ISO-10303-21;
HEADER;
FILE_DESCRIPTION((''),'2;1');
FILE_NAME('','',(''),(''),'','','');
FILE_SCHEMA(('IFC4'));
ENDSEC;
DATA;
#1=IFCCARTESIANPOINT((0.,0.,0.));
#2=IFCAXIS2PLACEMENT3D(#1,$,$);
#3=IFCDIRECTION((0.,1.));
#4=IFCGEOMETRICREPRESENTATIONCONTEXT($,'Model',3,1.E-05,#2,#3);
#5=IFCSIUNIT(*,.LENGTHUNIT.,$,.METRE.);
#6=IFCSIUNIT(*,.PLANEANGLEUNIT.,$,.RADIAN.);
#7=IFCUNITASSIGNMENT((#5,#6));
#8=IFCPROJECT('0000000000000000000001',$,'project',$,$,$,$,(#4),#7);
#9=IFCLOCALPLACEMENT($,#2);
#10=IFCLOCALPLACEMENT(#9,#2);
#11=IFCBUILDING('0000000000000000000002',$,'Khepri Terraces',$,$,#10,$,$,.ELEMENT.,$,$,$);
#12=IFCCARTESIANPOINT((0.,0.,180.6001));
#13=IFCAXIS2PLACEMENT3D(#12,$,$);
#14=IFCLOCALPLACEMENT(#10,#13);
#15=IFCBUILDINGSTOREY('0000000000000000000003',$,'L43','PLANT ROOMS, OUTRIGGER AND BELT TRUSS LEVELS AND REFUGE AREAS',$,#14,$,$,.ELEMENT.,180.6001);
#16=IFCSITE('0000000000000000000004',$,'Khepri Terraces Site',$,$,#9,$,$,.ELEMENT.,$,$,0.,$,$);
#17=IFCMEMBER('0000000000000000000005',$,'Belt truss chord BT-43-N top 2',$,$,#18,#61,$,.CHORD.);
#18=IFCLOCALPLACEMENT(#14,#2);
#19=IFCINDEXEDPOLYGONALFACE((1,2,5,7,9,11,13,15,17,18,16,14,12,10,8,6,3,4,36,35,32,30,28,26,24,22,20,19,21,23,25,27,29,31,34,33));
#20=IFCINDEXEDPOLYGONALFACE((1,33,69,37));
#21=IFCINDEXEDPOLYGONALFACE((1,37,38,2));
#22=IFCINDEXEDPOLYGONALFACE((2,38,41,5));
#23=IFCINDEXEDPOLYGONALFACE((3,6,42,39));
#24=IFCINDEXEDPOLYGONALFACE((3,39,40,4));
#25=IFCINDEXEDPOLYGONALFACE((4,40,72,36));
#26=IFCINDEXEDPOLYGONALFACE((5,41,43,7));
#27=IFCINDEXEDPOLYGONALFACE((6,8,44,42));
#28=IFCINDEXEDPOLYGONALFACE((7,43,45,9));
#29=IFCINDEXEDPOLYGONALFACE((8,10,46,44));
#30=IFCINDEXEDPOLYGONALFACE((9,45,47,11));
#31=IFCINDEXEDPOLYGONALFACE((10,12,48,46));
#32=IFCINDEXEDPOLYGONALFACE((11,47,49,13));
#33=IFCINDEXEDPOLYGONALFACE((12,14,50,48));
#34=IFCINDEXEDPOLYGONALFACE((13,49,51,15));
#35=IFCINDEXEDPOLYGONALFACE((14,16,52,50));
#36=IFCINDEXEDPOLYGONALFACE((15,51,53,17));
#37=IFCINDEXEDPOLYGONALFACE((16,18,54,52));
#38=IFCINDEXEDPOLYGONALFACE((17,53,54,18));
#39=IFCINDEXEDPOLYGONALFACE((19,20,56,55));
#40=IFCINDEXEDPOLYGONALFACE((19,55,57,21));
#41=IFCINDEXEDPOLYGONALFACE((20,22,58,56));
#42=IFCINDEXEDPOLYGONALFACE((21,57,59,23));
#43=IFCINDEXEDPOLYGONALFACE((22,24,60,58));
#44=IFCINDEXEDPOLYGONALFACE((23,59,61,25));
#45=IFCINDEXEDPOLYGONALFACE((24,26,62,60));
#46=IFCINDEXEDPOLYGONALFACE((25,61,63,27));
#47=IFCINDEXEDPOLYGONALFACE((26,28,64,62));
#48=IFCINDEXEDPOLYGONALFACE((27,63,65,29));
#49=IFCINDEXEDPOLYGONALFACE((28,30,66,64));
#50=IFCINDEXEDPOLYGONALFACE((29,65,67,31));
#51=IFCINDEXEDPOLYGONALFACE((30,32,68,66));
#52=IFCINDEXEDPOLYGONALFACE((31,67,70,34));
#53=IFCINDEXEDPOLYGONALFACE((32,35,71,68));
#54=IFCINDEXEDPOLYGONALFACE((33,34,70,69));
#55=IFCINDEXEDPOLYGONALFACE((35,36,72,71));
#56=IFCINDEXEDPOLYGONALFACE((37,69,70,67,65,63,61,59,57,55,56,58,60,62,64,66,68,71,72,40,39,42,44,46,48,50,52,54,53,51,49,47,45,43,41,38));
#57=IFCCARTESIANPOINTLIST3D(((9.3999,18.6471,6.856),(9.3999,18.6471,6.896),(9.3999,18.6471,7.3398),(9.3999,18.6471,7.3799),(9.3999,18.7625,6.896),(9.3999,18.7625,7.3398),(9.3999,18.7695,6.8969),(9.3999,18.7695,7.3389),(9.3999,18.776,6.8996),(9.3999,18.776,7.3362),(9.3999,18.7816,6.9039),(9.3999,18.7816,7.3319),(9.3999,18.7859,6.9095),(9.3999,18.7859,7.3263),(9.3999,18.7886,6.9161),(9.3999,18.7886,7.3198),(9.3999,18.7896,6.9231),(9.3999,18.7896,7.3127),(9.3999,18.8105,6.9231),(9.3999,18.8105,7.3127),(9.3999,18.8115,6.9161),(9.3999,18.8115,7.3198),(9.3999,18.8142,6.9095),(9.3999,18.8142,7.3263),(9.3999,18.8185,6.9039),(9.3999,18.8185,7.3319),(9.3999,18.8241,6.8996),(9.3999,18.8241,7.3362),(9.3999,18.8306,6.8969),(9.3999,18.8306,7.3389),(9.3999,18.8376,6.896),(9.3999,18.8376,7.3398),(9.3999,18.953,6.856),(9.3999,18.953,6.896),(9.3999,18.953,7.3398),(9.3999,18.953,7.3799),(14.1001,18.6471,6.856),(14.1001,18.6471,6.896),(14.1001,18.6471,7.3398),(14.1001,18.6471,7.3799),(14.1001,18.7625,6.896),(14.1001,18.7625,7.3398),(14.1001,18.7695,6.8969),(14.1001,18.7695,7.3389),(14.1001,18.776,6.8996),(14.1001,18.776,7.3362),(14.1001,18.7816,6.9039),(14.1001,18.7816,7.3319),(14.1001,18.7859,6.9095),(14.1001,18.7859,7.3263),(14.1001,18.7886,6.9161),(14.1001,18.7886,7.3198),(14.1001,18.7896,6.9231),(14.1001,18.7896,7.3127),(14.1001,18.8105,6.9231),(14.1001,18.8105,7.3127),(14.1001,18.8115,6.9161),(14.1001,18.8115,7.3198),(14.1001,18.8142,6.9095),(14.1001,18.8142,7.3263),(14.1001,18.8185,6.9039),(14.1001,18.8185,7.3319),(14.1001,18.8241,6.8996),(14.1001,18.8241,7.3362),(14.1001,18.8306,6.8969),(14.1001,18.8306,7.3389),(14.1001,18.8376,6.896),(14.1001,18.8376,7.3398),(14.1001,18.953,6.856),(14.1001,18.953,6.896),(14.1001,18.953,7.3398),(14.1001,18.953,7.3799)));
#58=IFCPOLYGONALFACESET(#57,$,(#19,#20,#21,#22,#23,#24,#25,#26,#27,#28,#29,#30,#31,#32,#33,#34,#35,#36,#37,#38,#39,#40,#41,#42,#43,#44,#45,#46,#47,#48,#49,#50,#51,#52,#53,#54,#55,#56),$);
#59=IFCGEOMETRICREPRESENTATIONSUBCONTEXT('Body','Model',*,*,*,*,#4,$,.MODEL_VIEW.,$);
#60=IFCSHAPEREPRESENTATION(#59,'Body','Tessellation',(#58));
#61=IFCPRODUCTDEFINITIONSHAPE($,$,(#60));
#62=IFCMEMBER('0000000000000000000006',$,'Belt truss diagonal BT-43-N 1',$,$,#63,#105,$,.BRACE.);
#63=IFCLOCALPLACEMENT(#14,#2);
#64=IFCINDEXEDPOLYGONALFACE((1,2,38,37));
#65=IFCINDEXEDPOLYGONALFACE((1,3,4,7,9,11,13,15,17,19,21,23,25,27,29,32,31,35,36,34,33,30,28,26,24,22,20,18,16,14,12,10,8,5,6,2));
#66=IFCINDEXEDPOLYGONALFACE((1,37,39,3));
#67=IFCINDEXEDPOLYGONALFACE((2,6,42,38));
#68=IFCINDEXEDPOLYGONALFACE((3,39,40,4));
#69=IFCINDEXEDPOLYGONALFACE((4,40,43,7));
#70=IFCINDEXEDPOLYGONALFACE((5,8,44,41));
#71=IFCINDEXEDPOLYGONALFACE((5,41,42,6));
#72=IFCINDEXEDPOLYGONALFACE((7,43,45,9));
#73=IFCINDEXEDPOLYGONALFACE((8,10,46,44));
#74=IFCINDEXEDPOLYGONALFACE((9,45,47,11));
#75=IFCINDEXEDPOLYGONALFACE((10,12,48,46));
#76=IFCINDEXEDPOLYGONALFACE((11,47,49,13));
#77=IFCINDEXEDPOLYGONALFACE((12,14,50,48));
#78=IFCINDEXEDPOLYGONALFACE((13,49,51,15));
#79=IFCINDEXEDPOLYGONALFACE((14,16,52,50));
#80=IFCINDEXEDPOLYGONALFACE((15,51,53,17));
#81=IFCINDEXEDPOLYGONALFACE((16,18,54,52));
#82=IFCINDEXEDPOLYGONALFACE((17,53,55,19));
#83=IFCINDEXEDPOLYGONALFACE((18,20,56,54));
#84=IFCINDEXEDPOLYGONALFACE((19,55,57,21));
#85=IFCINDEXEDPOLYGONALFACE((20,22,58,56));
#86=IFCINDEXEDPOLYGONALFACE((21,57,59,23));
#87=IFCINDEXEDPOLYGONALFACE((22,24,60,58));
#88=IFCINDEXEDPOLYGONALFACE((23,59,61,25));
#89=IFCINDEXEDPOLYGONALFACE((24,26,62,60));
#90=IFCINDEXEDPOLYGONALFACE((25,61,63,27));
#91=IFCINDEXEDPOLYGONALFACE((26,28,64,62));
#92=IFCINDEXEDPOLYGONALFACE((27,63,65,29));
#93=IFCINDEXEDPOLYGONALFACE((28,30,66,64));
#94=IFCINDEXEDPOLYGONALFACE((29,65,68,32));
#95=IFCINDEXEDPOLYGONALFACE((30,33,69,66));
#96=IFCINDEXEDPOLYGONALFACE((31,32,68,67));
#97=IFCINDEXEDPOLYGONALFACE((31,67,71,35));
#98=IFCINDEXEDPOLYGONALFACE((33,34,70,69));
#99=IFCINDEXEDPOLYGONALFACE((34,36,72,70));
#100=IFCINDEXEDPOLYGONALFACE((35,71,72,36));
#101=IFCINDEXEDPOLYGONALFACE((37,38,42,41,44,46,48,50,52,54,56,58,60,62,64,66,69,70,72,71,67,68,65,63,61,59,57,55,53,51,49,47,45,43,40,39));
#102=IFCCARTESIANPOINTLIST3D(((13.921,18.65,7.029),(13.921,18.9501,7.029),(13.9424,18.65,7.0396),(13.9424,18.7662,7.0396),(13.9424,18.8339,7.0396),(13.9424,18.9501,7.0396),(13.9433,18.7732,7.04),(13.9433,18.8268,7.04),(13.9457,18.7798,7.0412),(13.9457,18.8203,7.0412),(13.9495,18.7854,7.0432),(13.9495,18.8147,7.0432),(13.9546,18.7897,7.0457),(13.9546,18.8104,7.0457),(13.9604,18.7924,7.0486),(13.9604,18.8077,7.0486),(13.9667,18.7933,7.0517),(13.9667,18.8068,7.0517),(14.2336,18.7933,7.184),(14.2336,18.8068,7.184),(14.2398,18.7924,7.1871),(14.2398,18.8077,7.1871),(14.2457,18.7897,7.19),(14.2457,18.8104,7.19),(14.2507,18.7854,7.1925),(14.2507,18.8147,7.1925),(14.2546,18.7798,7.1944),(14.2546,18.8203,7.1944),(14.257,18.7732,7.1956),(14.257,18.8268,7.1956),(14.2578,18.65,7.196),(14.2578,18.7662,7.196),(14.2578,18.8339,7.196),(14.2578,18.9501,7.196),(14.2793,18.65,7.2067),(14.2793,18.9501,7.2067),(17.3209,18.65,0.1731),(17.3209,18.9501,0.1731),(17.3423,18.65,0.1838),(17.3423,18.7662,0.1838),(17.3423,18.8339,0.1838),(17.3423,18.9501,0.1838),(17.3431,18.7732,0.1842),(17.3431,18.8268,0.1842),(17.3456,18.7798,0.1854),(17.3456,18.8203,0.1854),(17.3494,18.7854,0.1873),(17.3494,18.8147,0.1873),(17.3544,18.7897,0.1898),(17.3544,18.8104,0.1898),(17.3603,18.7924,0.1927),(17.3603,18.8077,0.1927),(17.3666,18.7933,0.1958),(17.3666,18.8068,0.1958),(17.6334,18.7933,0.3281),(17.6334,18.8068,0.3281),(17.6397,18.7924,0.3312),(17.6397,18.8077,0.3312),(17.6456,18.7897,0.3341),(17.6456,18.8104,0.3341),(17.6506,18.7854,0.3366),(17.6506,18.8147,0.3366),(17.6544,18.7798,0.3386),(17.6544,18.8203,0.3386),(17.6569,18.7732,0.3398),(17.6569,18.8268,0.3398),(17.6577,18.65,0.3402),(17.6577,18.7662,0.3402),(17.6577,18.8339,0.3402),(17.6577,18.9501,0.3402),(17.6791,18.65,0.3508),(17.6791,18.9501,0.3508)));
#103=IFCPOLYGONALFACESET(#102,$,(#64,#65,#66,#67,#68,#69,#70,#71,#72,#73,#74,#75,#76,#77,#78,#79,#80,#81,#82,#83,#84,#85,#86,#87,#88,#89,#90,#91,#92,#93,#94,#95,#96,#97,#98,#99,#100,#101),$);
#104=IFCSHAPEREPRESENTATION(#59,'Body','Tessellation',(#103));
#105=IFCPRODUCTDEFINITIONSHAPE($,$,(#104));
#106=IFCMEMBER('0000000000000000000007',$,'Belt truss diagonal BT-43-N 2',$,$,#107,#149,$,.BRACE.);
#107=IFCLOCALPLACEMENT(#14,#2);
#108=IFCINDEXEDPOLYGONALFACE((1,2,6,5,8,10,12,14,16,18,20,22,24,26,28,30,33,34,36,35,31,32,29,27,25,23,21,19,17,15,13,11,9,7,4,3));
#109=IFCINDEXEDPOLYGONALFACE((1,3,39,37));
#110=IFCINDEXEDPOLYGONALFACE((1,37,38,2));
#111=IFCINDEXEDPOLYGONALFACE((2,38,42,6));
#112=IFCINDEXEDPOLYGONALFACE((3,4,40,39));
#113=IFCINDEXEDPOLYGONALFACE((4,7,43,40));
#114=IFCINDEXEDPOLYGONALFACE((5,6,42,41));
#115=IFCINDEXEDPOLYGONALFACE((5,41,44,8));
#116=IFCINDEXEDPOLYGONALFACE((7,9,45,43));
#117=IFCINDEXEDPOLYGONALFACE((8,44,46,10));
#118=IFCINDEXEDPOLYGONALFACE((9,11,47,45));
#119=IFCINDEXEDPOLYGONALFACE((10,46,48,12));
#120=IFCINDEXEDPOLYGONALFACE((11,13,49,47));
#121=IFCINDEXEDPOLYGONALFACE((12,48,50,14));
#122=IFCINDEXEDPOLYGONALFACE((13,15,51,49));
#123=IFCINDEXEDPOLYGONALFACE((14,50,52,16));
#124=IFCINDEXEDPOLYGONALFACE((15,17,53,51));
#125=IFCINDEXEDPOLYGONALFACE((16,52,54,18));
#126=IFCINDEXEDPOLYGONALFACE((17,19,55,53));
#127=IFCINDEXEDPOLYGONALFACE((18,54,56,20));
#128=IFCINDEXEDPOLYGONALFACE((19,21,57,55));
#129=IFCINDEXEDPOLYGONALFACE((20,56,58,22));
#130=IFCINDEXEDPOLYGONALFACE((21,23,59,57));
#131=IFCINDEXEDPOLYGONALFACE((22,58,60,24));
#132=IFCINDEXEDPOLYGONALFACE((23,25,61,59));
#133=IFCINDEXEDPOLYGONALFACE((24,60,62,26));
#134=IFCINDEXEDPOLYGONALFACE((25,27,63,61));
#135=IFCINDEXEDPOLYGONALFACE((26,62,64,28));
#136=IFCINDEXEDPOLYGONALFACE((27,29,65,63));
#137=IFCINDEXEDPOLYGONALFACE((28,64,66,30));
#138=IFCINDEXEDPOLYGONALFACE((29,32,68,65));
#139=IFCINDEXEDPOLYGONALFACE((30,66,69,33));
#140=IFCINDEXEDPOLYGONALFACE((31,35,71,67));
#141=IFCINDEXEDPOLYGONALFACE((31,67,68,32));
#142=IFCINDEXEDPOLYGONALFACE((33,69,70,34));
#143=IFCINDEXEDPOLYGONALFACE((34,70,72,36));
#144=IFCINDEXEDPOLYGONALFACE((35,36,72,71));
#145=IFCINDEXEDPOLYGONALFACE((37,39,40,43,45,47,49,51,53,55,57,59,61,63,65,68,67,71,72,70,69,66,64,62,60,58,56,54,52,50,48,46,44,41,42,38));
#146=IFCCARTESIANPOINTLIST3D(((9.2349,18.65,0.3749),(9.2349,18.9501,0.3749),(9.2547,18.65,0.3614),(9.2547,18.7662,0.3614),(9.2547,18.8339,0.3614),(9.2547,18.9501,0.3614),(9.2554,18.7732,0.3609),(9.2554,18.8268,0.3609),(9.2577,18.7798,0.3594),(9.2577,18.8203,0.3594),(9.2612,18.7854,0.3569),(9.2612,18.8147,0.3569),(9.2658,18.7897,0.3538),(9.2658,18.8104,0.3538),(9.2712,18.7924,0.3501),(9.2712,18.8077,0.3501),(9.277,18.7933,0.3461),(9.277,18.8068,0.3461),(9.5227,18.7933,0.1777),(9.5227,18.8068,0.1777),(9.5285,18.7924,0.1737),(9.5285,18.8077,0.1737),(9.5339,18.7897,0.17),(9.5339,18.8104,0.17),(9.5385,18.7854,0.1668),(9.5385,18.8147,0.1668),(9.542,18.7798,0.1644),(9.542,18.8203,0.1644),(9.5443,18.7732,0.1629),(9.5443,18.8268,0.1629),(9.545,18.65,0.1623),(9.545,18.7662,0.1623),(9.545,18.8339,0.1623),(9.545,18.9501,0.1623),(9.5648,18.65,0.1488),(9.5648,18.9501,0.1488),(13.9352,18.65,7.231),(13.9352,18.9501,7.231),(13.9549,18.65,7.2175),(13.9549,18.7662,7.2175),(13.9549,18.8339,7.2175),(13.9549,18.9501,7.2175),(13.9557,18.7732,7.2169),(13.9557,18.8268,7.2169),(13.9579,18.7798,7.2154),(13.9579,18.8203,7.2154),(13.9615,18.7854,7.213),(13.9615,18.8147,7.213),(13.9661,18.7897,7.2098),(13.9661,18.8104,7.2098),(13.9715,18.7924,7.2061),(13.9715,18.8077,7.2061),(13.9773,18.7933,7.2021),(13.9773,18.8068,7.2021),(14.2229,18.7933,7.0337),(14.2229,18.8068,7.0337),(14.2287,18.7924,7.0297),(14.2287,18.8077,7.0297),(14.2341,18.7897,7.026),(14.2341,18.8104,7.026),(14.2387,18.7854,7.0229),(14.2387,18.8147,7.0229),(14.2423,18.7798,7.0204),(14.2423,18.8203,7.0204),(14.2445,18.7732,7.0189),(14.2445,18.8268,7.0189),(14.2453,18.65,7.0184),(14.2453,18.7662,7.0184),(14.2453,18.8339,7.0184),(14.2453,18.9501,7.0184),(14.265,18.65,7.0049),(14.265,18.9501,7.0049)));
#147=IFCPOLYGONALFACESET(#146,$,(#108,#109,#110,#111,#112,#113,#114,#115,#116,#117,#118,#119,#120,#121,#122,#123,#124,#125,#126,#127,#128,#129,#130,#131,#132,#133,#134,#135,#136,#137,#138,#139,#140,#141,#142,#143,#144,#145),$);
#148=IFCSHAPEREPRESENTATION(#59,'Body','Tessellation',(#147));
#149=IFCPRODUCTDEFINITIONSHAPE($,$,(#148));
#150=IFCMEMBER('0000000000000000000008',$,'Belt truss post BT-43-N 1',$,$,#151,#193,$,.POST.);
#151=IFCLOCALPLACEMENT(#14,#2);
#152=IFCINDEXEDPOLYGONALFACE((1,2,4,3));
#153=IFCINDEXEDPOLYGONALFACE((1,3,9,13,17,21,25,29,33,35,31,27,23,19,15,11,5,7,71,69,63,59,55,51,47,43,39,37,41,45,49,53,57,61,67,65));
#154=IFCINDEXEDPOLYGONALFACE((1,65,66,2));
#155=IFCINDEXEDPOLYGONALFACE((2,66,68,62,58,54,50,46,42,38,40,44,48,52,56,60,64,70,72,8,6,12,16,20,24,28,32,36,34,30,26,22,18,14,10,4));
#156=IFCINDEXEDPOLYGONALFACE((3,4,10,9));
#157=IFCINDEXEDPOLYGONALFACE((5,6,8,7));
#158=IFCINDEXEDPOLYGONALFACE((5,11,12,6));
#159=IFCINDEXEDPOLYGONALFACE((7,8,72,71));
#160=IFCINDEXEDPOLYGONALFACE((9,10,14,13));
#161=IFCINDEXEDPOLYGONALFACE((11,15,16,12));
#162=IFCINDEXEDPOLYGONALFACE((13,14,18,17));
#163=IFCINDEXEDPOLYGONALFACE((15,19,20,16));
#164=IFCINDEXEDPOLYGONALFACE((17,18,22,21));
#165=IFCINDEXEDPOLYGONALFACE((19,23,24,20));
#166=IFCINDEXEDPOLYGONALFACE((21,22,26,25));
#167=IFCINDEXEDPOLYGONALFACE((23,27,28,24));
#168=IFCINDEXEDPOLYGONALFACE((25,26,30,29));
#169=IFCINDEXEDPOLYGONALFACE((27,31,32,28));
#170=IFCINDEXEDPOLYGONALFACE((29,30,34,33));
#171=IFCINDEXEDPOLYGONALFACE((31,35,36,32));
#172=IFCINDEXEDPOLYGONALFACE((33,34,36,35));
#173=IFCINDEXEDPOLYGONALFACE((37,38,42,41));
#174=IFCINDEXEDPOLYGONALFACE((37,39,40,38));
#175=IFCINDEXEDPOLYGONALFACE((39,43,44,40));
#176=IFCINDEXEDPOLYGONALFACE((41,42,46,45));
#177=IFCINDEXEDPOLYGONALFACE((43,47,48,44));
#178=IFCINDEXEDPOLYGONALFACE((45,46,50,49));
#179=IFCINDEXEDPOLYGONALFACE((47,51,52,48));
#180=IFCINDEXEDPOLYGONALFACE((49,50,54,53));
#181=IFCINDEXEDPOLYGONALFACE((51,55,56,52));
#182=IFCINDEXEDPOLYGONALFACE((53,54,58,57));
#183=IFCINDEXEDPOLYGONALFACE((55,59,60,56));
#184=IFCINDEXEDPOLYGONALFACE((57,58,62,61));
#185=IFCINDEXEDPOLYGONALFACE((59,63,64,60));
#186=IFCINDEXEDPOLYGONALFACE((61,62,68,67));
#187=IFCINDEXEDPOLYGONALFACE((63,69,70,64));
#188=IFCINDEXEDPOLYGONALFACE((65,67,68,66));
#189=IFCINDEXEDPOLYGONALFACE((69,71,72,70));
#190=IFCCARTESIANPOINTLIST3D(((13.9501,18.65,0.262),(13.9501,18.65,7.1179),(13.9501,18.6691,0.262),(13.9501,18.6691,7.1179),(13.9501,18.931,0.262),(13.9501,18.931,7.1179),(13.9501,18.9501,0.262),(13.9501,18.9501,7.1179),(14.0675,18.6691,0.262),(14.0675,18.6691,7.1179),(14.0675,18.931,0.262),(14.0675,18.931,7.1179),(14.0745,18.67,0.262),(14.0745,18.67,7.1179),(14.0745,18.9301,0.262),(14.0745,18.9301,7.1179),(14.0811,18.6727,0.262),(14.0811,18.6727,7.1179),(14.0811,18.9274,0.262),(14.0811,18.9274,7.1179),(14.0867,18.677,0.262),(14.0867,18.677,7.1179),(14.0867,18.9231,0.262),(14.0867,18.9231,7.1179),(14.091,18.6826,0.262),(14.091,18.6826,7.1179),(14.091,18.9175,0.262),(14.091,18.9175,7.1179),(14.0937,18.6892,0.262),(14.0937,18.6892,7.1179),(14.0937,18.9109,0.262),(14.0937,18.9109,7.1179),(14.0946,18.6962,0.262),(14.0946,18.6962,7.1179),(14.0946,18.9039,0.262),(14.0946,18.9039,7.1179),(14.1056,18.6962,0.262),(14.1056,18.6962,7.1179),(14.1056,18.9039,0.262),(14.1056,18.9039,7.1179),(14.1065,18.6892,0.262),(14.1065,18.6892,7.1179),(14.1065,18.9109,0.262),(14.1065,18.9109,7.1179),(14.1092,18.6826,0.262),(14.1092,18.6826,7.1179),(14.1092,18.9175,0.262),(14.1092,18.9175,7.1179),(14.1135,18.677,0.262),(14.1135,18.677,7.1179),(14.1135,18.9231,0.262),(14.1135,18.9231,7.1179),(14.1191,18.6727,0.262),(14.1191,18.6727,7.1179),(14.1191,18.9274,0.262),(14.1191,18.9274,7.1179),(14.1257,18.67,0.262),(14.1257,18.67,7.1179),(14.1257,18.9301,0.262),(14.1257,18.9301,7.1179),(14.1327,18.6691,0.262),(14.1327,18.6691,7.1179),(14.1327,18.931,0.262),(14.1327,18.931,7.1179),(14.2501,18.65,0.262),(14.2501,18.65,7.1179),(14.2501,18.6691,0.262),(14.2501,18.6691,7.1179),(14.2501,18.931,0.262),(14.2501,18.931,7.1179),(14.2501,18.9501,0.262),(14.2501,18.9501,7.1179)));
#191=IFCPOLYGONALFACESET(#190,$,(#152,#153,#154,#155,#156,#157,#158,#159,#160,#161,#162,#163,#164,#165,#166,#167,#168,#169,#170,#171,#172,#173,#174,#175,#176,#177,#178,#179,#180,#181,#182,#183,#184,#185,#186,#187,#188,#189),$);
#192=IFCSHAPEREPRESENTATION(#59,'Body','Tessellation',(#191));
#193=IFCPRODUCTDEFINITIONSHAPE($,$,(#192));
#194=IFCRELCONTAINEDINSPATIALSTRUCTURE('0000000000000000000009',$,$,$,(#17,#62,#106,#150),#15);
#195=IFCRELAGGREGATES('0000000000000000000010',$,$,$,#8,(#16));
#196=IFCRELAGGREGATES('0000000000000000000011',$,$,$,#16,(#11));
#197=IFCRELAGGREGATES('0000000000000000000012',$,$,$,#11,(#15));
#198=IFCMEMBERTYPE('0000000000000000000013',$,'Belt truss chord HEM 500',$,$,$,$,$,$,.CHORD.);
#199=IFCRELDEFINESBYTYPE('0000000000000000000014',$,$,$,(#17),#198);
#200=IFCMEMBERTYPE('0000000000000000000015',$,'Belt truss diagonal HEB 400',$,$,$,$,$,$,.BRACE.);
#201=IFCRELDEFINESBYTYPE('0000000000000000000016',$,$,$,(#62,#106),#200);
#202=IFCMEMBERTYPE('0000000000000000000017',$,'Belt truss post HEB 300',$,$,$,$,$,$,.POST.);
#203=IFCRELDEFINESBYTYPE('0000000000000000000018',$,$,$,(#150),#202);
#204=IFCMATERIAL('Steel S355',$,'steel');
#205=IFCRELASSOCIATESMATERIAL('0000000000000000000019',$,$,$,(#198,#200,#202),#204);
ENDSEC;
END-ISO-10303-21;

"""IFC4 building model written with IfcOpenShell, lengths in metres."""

from ifc_helpers import new_model, si_unit, direction, frame, origin, origin_2d, place, context, subcontext, project, spatial, i_section, extrude, material, material_profile, profile_set, type_object, element, save


model = new_model("IFC4")

# Units and contexts
model_context = context("Model", 3, precision=1e-05, world=origin(), true_north=direction((0.0, 1.0)))
body_context = subcontext(model_context, "Body", "Model", "MODEL_VIEW")
ifc_project = project(units=[si_unit("LENGTHUNIT", "METRE"), si_unit("PLANEANGLEUNIT", "RADIAN")], contexts=[model_context])

# Site, building, storey
site_placement = place(None, origin())
site = spatial("IfcSite", under=ifc_project, at=site_placement, Name="Khepri Terraces Site", CompositionType="ELEMENT", RefElevation=0.0)
building_placement = place(site_placement, origin())
building = spatial("IfcBuilding", under=site, at=building_placement, Name="Khepri Terraces", CompositionType="ELEMENT")
storey_placement = place(building_placement, frame((0.0, 0.0, 180.6001)))
storey = spatial("IfcBuildingStorey", under=building, at=storey_placement, Name="L43", Description="PLANT ROOMS, OUTRIGGER AND BELT TRUSS LEVELS AND REFUGE AREAS", CompositionType="ELEMENT", Elevation=180.6001)

# Members
ifc_material_1 = material(Name="Steel S355", Category="steel")
ifc_material_profile_1 = material_profile(ifc_material_1, i_section(OverallWidth=0.3059, OverallDepth=0.5239, WebThickness=0.021, FlangeThickness=0.04, FilletRadius=0.0271, at=origin_2d()), Name="Steel S355", Category="steel")
ifc_profile_set_1 = profile_set([ifc_material_profile_1], Name="Steel S355")
member_type_1 = type_object("IfcMemberType", Name="Belt truss chord HEM 500", PredefinedType="CHORD", material=ifc_profile_set_1)
for number, where, z_axis, x_axis, name in (
    (1, (14.1001, 18.8, 7.1179), (-1.0, 0.0, 0.0), (0.0, -1.0, 0.0), "Belt truss chord BT-43-N top 2"),
):
    element("IfcMember", number, at=place(storey_placement, frame(where, z_axis=z_axis, x_axis=x_axis)), inside=storey, type_object=member_type_1, Name=name, PredefinedType="CHORD", context=body_context, shape_type="SweptSolid", body=[
        extrude(i_section(OverallWidth=0.3059, OverallDepth=0.5239, WebThickness=0.021, FlangeThickness=0.04, FilletRadius=0.0271, at=origin_2d()), origin(), (0.0, 0.0, 1.0), 4.7002),
    ])
ifc_material_profile_2 = material_profile(ifc_material_1, i_section(OverallWidth=0.3, OverallDepth=0.3999, WebThickness=0.0134, FlangeThickness=0.0239, FilletRadius=0.0271, at=origin_2d()), Name="Steel S355", Category="steel")
ifc_profile_set_2 = profile_set([ifc_material_profile_2], Name="Steel S355")
member_type_2 = type_object("IfcMemberType", Name="Belt truss diagonal HEB 400", PredefinedType="BRACE", material=ifc_profile_set_2)
member_1_placement = place(storey_placement, frame((17.5, 18.8, 0.262), z_axis=(-0.444276, 0.0, 0.89589), x_axis=(0.0, -1.0, 0.0)))
element("IfcMember", 2, at=member_1_placement, inside=storey, type_object=member_type_2, Name="Belt truss diagonal BT-43-N 1", PredefinedType="BRACE", context=body_context, shape_type="SweptSolid", body=[
    extrude(i_section(OverallWidth=0.3, OverallDepth=0.3999, WebThickness=0.0134, FlangeThickness=0.0239, FilletRadius=0.0271, at=origin_2d()), origin(), (0.0, 0.0, 1.0), 7.6526),
])
member_2_placement = place(storey_placement, frame((14.1001, 18.8, 7.1179), z_axis=(-0.565444, 0.0, -0.824787), x_axis=(0.0, -1.0, 0.0)))
element("IfcMember", 3, at=member_2_placement, inside=storey, type_object=member_type_2, Name="Belt truss diagonal BT-43-N 2", PredefinedType="BRACE", context=body_context, shape_type="SweptSolid", body=[
    extrude(i_section(OverallWidth=0.3, OverallDepth=0.3999, WebThickness=0.0134, FlangeThickness=0.0239, FilletRadius=0.0271, at=origin_2d()), origin(), (0.0, 0.0, 1.0), 8.3125),
])
ifc_material_profile_3 = material_profile(ifc_material_1, i_section(OverallWidth=0.3, OverallDepth=0.3, WebThickness=0.011, FlangeThickness=0.019, FilletRadius=0.0271, at=origin_2d()), Name="Steel S355", Category="steel")
ifc_profile_set_3 = profile_set([ifc_material_profile_3], Name="Steel S355")
member_type_3 = type_object("IfcMemberType", Name="Belt truss post HEB 300", PredefinedType="POST", material=ifc_profile_set_3)
member_3_placement = place(storey_placement, frame((14.1001, 18.8, 0.262), z_axis=(0.0, 0.0, 1.0), x_axis=(1.0, 0.0, 0.0)))
element("IfcMember", 4, at=member_3_placement, inside=storey, type_object=member_type_3, Name="Belt truss post BT-43-N 1", PredefinedType="POST", context=body_context, shape_type="SweptSolid", body=[
    extrude(i_section(OverallWidth=0.3, OverallDepth=0.3, WebThickness=0.011, FlangeThickness=0.019, FilletRadius=0.0271, at=origin_2d()), origin(), (0.0, 0.0, 1.0), 6.856),
])

save(model, "model.ifc")
